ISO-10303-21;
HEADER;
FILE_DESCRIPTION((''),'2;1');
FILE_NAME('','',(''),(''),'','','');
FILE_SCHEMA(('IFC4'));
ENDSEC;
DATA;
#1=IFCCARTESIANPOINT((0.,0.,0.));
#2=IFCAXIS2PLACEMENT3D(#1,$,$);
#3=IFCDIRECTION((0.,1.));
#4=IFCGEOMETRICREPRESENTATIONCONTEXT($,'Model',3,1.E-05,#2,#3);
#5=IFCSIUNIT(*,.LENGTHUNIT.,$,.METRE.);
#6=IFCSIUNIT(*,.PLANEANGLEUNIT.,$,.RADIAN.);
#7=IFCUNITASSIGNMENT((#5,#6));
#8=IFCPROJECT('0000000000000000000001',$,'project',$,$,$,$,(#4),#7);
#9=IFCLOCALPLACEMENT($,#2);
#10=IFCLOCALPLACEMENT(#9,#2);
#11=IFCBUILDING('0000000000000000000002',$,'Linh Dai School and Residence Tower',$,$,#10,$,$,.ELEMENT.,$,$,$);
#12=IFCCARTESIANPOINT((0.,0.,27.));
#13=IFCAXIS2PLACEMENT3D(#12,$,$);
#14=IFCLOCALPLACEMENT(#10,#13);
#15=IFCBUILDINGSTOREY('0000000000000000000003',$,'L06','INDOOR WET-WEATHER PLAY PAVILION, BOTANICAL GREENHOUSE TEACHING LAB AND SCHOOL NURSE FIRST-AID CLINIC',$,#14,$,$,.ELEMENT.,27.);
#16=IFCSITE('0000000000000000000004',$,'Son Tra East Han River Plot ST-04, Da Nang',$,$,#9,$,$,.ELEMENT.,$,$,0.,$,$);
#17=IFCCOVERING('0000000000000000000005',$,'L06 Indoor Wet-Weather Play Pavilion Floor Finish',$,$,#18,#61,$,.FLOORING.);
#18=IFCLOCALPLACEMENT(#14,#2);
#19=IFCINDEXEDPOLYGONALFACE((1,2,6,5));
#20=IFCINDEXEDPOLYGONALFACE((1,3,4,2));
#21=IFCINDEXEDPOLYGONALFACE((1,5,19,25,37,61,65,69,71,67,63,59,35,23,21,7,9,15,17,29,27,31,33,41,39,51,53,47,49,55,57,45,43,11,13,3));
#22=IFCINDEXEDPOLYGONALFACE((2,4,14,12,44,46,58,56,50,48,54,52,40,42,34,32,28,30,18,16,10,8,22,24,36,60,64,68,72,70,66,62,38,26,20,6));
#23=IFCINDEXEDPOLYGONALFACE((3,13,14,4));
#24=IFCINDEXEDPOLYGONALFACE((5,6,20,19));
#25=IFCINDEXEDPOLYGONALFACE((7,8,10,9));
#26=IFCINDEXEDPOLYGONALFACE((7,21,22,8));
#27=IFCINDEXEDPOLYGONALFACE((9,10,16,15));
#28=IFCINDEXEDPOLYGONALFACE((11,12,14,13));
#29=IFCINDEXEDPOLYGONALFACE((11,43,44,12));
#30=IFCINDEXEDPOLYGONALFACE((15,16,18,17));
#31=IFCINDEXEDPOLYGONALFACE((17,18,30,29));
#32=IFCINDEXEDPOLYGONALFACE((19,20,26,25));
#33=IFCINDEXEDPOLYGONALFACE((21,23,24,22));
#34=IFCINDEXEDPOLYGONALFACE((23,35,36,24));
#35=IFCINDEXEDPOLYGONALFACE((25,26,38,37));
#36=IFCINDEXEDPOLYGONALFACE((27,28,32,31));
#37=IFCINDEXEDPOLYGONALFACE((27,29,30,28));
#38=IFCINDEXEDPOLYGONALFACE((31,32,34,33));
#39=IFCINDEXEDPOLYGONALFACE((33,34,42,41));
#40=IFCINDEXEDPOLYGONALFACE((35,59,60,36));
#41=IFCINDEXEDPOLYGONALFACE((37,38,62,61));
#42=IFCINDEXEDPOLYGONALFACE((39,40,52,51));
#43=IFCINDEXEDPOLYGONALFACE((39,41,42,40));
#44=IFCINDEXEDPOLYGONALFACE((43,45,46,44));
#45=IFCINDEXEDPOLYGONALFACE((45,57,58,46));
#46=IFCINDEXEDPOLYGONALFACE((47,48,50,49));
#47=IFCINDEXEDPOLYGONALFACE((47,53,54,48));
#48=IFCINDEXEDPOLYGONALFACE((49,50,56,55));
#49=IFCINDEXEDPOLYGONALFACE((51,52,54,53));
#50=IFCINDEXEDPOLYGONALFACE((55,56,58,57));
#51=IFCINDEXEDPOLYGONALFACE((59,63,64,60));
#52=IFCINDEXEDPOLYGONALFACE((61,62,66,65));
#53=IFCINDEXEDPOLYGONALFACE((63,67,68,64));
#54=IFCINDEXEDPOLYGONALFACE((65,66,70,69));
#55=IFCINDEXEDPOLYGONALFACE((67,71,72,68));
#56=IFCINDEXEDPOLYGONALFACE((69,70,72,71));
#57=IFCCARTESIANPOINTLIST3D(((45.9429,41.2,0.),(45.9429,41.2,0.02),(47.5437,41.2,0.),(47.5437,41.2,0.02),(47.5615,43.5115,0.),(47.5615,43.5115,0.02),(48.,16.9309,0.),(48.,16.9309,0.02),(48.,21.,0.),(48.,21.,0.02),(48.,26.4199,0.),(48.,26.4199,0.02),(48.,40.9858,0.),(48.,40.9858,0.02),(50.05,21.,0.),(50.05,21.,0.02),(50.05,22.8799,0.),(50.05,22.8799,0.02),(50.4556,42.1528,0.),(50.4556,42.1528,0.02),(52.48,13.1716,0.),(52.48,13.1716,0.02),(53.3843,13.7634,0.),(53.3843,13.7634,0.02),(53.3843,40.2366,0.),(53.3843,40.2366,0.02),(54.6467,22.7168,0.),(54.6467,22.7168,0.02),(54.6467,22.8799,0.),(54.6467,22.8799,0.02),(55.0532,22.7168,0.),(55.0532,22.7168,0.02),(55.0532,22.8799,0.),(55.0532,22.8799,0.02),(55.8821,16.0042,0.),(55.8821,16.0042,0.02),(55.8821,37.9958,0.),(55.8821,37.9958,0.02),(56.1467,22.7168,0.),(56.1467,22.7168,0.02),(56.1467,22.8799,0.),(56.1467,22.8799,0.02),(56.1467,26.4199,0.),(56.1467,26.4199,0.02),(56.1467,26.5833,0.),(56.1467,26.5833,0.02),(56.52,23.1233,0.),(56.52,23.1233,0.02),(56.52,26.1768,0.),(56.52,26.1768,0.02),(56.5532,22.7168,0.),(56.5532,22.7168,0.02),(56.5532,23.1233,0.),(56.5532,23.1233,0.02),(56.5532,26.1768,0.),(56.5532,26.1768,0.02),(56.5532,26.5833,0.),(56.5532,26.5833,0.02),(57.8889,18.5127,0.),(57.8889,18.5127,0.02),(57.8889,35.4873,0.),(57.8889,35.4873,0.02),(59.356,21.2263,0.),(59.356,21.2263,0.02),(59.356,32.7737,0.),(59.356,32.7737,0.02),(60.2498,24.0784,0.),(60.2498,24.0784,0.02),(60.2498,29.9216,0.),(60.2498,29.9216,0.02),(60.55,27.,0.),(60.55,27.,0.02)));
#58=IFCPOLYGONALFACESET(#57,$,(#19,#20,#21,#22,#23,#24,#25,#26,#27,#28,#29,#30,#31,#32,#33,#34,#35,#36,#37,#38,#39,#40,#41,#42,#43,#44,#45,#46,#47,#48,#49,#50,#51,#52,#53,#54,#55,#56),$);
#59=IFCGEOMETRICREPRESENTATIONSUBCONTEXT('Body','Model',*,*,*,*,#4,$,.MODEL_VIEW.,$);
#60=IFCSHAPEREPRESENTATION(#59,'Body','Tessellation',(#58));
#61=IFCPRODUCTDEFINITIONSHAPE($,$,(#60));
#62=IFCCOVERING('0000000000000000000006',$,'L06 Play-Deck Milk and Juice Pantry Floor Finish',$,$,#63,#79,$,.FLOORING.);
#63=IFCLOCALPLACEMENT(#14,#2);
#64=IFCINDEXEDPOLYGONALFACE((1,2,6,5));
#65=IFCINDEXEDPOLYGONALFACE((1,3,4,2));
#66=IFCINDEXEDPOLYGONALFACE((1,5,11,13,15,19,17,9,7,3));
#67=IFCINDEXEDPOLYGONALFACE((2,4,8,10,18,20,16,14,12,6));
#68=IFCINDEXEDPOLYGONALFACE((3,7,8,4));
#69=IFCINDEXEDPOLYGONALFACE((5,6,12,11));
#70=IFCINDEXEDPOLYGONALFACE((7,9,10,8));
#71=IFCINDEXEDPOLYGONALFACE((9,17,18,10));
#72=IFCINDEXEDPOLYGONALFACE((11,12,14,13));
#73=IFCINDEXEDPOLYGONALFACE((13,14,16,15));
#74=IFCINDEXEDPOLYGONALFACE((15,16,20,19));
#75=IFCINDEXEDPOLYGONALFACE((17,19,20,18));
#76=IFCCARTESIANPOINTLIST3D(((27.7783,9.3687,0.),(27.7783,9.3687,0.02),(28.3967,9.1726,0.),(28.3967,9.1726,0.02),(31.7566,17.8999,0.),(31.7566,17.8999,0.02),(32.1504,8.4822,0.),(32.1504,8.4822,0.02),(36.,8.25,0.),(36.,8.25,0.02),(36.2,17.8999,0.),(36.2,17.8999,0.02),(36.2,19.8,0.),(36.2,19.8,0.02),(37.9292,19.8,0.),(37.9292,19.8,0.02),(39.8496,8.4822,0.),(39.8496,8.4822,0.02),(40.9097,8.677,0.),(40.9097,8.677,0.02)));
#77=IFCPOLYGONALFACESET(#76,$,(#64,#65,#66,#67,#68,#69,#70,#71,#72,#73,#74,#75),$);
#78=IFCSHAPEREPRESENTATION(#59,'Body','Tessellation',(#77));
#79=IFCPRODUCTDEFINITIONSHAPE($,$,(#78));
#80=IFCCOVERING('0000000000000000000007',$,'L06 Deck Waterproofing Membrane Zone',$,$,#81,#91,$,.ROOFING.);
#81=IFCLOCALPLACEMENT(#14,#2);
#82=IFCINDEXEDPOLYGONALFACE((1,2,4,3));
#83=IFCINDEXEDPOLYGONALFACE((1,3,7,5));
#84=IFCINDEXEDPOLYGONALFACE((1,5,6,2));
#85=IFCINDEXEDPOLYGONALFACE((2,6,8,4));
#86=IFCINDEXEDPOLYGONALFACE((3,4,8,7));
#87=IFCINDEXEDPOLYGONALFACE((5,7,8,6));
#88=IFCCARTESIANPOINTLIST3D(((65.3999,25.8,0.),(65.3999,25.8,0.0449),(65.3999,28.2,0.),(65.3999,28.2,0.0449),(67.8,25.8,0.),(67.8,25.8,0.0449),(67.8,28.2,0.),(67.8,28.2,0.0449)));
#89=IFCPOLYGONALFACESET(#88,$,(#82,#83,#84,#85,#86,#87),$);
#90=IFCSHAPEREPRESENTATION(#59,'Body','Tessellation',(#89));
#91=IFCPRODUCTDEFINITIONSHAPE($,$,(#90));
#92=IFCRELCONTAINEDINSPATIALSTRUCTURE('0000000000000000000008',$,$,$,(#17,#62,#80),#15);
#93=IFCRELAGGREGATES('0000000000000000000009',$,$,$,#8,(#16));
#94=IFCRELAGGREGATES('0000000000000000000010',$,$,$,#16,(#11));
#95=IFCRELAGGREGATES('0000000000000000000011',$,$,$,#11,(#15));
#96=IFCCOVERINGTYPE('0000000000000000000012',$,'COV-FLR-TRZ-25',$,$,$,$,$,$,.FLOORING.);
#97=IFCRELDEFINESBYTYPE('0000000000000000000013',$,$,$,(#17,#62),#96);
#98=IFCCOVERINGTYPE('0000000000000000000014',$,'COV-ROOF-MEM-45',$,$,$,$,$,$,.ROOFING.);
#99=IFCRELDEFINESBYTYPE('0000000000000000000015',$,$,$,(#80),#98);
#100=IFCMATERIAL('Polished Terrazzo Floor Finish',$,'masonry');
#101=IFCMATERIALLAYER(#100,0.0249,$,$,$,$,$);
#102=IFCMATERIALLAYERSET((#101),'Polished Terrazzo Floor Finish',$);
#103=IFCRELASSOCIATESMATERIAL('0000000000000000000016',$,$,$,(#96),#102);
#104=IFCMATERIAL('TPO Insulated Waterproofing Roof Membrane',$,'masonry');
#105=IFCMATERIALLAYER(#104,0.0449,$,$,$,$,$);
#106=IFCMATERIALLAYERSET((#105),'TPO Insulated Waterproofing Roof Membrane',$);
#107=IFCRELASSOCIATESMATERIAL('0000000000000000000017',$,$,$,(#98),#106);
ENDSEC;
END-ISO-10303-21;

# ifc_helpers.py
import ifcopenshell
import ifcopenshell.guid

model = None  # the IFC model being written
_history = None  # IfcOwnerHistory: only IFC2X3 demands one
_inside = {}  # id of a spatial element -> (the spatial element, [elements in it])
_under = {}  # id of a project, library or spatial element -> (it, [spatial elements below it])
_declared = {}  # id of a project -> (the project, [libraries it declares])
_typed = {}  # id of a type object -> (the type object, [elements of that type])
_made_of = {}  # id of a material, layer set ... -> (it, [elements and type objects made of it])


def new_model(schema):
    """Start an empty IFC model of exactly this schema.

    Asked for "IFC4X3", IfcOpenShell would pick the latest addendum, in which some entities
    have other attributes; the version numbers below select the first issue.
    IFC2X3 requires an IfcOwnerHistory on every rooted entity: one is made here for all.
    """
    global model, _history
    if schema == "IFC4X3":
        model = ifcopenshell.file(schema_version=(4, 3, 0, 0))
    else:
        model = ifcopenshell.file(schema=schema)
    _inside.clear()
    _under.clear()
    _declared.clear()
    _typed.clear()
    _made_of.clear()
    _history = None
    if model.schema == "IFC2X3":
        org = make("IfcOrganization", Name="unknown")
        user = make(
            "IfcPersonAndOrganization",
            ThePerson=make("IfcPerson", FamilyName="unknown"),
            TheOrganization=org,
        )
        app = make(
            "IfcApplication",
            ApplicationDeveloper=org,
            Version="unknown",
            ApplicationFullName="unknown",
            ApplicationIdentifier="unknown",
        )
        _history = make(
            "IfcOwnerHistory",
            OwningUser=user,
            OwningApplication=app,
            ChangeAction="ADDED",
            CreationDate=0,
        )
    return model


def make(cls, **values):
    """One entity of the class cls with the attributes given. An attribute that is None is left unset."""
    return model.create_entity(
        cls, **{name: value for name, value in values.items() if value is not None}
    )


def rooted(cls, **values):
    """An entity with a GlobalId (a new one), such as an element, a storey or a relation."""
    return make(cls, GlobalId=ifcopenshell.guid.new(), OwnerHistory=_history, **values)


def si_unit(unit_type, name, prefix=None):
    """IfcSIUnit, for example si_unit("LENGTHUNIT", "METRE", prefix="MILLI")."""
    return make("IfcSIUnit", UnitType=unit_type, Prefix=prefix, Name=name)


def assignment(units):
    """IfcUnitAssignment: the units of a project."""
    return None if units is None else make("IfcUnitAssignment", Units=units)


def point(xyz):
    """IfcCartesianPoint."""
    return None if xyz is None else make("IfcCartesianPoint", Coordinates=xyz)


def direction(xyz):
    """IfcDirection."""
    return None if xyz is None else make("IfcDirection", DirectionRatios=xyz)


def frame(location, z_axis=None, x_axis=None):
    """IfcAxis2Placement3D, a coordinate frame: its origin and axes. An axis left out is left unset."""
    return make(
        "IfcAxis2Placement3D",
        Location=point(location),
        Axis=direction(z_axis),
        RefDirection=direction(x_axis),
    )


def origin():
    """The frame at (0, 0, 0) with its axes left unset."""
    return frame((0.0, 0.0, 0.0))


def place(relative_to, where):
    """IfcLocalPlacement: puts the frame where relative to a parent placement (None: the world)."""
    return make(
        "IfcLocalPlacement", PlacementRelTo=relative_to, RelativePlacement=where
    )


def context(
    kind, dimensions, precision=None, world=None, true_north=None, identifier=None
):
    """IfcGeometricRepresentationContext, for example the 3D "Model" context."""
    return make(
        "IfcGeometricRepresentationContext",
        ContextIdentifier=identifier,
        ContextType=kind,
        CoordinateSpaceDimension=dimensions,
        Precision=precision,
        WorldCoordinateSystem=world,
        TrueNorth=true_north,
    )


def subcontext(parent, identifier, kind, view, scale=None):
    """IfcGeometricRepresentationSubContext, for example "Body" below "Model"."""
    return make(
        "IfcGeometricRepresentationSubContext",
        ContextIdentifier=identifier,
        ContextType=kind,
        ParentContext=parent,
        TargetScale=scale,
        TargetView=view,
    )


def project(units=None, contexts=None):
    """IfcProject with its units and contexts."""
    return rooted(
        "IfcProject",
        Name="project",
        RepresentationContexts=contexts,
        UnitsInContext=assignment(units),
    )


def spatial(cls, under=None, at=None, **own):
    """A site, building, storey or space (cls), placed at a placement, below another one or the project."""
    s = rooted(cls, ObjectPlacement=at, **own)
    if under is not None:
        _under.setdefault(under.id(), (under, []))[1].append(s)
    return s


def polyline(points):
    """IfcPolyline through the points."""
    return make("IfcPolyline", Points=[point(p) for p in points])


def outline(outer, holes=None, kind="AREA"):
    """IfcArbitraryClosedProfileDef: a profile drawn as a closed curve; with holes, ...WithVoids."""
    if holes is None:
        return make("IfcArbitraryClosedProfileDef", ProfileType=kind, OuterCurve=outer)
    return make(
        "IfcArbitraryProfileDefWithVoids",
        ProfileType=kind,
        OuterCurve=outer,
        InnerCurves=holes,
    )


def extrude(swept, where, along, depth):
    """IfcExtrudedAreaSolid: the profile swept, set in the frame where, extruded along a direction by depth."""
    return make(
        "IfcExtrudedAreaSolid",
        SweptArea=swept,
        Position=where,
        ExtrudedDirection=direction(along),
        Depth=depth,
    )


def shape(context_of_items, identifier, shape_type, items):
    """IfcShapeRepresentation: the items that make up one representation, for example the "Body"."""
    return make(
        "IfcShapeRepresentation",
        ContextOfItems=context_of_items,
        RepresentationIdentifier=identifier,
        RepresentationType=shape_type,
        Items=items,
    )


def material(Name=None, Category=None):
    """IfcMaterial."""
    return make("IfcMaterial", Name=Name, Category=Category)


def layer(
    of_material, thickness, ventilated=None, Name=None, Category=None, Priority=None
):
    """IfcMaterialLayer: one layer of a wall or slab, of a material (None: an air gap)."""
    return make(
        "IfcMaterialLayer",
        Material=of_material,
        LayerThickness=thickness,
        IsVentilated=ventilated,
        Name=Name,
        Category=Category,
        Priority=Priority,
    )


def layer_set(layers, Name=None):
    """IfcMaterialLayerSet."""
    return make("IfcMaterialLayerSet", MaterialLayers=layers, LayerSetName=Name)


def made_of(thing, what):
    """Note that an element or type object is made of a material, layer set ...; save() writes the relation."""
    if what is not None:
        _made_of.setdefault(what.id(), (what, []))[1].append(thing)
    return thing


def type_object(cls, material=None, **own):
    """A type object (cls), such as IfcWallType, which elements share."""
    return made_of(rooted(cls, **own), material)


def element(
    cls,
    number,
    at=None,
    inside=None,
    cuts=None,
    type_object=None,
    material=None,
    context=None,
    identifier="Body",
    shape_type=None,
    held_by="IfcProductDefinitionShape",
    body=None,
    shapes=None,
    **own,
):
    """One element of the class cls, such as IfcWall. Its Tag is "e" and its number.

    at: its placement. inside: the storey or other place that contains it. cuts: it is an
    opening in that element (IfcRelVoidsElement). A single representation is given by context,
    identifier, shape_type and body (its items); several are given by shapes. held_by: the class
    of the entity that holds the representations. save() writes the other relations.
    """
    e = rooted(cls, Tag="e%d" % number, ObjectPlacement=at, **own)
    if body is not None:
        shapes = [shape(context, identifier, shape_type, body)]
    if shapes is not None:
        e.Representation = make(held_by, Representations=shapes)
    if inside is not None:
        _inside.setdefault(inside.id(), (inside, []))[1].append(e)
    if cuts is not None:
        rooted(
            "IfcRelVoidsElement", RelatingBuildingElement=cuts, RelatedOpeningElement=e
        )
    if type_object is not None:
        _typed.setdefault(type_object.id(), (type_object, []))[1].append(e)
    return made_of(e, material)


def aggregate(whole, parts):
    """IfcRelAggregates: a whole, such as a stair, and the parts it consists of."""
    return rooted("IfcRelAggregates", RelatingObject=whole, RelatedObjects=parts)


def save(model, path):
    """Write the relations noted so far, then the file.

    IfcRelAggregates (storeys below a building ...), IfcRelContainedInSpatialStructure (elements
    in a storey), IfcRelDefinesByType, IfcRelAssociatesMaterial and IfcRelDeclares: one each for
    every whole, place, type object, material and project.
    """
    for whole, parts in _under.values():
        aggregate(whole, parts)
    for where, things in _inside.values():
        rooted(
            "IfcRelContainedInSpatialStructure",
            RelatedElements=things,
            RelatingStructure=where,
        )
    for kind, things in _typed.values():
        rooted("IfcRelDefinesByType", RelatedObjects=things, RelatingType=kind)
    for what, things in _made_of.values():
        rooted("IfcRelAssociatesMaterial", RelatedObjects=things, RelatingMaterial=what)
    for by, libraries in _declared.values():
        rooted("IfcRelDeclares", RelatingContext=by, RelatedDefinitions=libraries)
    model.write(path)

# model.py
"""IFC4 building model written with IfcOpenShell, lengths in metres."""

from ifc_helpers import new_model, si_unit, direction, frame, origin, place, context, subcontext, project, spatial, polyline, outline, extrude, material, layer, layer_set, type_object, element, save


model = new_model("IFC4")

# Units and contexts
model_context = context("Model", 3, precision=1e-05, world=origin(), true_north=direction((0.0, 1.0)))
body_context = subcontext(model_context, "Body", "Model", "MODEL_VIEW")
ifc_project = project(units=[si_unit("LENGTHUNIT", "METRE"), si_unit("PLANEANGLEUNIT", "RADIAN")], contexts=[model_context])

# Site, building, storey
site_placement = place(None, origin())
site = spatial("IfcSite", under=ifc_project, at=site_placement, Name="Son Tra East Han River Plot ST-04, Da Nang", CompositionType="ELEMENT", RefElevation=0.0)
building_placement = place(site_placement, origin())
building = spatial("IfcBuilding", under=site, at=building_placement, Name="Linh Dai School and Residence Tower", CompositionType="ELEMENT")
storey_placement = place(building_placement, frame((0.0, 0.0, 27.0)))
storey = spatial("IfcBuildingStorey", under=building, at=storey_placement, Name="L06", Description="INDOOR WET-WEATHER PLAY PAVILION, BOTANICAL GREENHOUSE TEACHING LAB AND SCHOOL NURSE FIRST-AID CLINIC", CompositionType="ELEMENT", Elevation=27.0)

# Coverings
ifc_material_1 = material(Name="Polished Terrazzo Floor Finish", Category="masonry")
ifc_layer_1 = layer(ifc_material_1, 0.0249)
ifc_layer_set_1 = layer_set([ifc_layer_1], Name="Polished Terrazzo Floor Finish")
covering_type_1 = type_object("IfcCoveringType", Name="COV-FLR-TRZ-25", PredefinedType="FLOORING", material=ifc_layer_set_1)
covering_1_placement = place(storey_placement, origin())
element("IfcCovering", 1, at=covering_1_placement, inside=storey, type_object=covering_type_1, Name="L06 Indoor Wet-Weather Play Pavilion Floor Finish", PredefinedType="FLOORING", context=body_context, shape_type="SweptSolid", body=[
    extrude(outline(polyline([(55.8821, 16.0042), (53.3843, 13.7634), (52.48, 13.1716), (48.0, 16.9309), (48.0, 21.0), (50.05, 21.0), (50.05, 22.8799), (54.6467, 22.8799), (54.6467, 22.7168), (55.0532, 22.7168), (55.0532, 22.8799), (56.1467, 22.8799), (56.1467, 22.7168), (56.5532, 22.7168), (56.5532, 23.1233), (56.52, 23.1233), (56.52, 26.1768), (56.5532, 26.1768), (56.5532, 26.5833), (56.1467, 26.5833), (56.1467, 26.4199), (48.0, 26.4199), (48.0, 40.9858), (47.5437, 41.2), (45.9429, 41.2), (47.5615, 43.5115), (50.4556, 42.1528), (53.3843, 40.2366), (55.8821, 37.9958), (57.8889, 35.4873), (59.356, 32.7737), (60.2498, 29.9216), (60.55, 27.0), (60.2498, 24.0784), (59.356, 21.2263), (57.8889, 18.5127), (55.8821, 16.0042)])), origin(), (0.0, 0.0, 1.0), 0.02),
])
covering_2_placement = place(storey_placement, origin())
element("IfcCovering", 2, at=covering_2_placement, inside=storey, type_object=covering_type_1, Name="L06 Play-Deck Milk and Juice Pantry Floor Finish", PredefinedType="FLOORING", context=body_context, shape_type="SweptSolid", body=[
    extrude(outline(polyline([(39.8496, 8.4822), (36.0, 8.25), (32.1504, 8.4822), (28.3967, 9.1726), (27.7783, 9.3687), (31.7566, 17.8999), (36.2, 17.8999), (36.2, 19.8), (37.9292, 19.8), (40.9097, 8.677), (39.8496, 8.4822)])), origin(), (0.0, 0.0, 1.0), 0.02),
])
ifc_material_2 = material(Name="TPO Insulated Waterproofing Roof Membrane", Category="masonry")
ifc_layer_2 = layer(ifc_material_2, 0.0449)
ifc_layer_set_2 = layer_set([ifc_layer_2], Name="TPO Insulated Waterproofing Roof Membrane")
covering_type_2 = type_object("IfcCoveringType", Name="COV-ROOF-MEM-45", PredefinedType="ROOFING", material=ifc_layer_set_2)
covering_3_placement = place(storey_placement, origin())
element("IfcCovering", 3, at=covering_3_placement, inside=storey, type_object=covering_type_2, Name="L06 Deck Waterproofing Membrane Zone", PredefinedType="ROOFING", context=body_context, shape_type="SweptSolid", body=[
    extrude(outline(polyline([(65.3999, 25.8), (67.8, 25.8), (67.8, 28.2), (65.3999, 28.2), (65.3999, 25.8)])), origin(), (0.0, 0.0, 1.0), 0.0449),
])

save(model, "model.ifc")
